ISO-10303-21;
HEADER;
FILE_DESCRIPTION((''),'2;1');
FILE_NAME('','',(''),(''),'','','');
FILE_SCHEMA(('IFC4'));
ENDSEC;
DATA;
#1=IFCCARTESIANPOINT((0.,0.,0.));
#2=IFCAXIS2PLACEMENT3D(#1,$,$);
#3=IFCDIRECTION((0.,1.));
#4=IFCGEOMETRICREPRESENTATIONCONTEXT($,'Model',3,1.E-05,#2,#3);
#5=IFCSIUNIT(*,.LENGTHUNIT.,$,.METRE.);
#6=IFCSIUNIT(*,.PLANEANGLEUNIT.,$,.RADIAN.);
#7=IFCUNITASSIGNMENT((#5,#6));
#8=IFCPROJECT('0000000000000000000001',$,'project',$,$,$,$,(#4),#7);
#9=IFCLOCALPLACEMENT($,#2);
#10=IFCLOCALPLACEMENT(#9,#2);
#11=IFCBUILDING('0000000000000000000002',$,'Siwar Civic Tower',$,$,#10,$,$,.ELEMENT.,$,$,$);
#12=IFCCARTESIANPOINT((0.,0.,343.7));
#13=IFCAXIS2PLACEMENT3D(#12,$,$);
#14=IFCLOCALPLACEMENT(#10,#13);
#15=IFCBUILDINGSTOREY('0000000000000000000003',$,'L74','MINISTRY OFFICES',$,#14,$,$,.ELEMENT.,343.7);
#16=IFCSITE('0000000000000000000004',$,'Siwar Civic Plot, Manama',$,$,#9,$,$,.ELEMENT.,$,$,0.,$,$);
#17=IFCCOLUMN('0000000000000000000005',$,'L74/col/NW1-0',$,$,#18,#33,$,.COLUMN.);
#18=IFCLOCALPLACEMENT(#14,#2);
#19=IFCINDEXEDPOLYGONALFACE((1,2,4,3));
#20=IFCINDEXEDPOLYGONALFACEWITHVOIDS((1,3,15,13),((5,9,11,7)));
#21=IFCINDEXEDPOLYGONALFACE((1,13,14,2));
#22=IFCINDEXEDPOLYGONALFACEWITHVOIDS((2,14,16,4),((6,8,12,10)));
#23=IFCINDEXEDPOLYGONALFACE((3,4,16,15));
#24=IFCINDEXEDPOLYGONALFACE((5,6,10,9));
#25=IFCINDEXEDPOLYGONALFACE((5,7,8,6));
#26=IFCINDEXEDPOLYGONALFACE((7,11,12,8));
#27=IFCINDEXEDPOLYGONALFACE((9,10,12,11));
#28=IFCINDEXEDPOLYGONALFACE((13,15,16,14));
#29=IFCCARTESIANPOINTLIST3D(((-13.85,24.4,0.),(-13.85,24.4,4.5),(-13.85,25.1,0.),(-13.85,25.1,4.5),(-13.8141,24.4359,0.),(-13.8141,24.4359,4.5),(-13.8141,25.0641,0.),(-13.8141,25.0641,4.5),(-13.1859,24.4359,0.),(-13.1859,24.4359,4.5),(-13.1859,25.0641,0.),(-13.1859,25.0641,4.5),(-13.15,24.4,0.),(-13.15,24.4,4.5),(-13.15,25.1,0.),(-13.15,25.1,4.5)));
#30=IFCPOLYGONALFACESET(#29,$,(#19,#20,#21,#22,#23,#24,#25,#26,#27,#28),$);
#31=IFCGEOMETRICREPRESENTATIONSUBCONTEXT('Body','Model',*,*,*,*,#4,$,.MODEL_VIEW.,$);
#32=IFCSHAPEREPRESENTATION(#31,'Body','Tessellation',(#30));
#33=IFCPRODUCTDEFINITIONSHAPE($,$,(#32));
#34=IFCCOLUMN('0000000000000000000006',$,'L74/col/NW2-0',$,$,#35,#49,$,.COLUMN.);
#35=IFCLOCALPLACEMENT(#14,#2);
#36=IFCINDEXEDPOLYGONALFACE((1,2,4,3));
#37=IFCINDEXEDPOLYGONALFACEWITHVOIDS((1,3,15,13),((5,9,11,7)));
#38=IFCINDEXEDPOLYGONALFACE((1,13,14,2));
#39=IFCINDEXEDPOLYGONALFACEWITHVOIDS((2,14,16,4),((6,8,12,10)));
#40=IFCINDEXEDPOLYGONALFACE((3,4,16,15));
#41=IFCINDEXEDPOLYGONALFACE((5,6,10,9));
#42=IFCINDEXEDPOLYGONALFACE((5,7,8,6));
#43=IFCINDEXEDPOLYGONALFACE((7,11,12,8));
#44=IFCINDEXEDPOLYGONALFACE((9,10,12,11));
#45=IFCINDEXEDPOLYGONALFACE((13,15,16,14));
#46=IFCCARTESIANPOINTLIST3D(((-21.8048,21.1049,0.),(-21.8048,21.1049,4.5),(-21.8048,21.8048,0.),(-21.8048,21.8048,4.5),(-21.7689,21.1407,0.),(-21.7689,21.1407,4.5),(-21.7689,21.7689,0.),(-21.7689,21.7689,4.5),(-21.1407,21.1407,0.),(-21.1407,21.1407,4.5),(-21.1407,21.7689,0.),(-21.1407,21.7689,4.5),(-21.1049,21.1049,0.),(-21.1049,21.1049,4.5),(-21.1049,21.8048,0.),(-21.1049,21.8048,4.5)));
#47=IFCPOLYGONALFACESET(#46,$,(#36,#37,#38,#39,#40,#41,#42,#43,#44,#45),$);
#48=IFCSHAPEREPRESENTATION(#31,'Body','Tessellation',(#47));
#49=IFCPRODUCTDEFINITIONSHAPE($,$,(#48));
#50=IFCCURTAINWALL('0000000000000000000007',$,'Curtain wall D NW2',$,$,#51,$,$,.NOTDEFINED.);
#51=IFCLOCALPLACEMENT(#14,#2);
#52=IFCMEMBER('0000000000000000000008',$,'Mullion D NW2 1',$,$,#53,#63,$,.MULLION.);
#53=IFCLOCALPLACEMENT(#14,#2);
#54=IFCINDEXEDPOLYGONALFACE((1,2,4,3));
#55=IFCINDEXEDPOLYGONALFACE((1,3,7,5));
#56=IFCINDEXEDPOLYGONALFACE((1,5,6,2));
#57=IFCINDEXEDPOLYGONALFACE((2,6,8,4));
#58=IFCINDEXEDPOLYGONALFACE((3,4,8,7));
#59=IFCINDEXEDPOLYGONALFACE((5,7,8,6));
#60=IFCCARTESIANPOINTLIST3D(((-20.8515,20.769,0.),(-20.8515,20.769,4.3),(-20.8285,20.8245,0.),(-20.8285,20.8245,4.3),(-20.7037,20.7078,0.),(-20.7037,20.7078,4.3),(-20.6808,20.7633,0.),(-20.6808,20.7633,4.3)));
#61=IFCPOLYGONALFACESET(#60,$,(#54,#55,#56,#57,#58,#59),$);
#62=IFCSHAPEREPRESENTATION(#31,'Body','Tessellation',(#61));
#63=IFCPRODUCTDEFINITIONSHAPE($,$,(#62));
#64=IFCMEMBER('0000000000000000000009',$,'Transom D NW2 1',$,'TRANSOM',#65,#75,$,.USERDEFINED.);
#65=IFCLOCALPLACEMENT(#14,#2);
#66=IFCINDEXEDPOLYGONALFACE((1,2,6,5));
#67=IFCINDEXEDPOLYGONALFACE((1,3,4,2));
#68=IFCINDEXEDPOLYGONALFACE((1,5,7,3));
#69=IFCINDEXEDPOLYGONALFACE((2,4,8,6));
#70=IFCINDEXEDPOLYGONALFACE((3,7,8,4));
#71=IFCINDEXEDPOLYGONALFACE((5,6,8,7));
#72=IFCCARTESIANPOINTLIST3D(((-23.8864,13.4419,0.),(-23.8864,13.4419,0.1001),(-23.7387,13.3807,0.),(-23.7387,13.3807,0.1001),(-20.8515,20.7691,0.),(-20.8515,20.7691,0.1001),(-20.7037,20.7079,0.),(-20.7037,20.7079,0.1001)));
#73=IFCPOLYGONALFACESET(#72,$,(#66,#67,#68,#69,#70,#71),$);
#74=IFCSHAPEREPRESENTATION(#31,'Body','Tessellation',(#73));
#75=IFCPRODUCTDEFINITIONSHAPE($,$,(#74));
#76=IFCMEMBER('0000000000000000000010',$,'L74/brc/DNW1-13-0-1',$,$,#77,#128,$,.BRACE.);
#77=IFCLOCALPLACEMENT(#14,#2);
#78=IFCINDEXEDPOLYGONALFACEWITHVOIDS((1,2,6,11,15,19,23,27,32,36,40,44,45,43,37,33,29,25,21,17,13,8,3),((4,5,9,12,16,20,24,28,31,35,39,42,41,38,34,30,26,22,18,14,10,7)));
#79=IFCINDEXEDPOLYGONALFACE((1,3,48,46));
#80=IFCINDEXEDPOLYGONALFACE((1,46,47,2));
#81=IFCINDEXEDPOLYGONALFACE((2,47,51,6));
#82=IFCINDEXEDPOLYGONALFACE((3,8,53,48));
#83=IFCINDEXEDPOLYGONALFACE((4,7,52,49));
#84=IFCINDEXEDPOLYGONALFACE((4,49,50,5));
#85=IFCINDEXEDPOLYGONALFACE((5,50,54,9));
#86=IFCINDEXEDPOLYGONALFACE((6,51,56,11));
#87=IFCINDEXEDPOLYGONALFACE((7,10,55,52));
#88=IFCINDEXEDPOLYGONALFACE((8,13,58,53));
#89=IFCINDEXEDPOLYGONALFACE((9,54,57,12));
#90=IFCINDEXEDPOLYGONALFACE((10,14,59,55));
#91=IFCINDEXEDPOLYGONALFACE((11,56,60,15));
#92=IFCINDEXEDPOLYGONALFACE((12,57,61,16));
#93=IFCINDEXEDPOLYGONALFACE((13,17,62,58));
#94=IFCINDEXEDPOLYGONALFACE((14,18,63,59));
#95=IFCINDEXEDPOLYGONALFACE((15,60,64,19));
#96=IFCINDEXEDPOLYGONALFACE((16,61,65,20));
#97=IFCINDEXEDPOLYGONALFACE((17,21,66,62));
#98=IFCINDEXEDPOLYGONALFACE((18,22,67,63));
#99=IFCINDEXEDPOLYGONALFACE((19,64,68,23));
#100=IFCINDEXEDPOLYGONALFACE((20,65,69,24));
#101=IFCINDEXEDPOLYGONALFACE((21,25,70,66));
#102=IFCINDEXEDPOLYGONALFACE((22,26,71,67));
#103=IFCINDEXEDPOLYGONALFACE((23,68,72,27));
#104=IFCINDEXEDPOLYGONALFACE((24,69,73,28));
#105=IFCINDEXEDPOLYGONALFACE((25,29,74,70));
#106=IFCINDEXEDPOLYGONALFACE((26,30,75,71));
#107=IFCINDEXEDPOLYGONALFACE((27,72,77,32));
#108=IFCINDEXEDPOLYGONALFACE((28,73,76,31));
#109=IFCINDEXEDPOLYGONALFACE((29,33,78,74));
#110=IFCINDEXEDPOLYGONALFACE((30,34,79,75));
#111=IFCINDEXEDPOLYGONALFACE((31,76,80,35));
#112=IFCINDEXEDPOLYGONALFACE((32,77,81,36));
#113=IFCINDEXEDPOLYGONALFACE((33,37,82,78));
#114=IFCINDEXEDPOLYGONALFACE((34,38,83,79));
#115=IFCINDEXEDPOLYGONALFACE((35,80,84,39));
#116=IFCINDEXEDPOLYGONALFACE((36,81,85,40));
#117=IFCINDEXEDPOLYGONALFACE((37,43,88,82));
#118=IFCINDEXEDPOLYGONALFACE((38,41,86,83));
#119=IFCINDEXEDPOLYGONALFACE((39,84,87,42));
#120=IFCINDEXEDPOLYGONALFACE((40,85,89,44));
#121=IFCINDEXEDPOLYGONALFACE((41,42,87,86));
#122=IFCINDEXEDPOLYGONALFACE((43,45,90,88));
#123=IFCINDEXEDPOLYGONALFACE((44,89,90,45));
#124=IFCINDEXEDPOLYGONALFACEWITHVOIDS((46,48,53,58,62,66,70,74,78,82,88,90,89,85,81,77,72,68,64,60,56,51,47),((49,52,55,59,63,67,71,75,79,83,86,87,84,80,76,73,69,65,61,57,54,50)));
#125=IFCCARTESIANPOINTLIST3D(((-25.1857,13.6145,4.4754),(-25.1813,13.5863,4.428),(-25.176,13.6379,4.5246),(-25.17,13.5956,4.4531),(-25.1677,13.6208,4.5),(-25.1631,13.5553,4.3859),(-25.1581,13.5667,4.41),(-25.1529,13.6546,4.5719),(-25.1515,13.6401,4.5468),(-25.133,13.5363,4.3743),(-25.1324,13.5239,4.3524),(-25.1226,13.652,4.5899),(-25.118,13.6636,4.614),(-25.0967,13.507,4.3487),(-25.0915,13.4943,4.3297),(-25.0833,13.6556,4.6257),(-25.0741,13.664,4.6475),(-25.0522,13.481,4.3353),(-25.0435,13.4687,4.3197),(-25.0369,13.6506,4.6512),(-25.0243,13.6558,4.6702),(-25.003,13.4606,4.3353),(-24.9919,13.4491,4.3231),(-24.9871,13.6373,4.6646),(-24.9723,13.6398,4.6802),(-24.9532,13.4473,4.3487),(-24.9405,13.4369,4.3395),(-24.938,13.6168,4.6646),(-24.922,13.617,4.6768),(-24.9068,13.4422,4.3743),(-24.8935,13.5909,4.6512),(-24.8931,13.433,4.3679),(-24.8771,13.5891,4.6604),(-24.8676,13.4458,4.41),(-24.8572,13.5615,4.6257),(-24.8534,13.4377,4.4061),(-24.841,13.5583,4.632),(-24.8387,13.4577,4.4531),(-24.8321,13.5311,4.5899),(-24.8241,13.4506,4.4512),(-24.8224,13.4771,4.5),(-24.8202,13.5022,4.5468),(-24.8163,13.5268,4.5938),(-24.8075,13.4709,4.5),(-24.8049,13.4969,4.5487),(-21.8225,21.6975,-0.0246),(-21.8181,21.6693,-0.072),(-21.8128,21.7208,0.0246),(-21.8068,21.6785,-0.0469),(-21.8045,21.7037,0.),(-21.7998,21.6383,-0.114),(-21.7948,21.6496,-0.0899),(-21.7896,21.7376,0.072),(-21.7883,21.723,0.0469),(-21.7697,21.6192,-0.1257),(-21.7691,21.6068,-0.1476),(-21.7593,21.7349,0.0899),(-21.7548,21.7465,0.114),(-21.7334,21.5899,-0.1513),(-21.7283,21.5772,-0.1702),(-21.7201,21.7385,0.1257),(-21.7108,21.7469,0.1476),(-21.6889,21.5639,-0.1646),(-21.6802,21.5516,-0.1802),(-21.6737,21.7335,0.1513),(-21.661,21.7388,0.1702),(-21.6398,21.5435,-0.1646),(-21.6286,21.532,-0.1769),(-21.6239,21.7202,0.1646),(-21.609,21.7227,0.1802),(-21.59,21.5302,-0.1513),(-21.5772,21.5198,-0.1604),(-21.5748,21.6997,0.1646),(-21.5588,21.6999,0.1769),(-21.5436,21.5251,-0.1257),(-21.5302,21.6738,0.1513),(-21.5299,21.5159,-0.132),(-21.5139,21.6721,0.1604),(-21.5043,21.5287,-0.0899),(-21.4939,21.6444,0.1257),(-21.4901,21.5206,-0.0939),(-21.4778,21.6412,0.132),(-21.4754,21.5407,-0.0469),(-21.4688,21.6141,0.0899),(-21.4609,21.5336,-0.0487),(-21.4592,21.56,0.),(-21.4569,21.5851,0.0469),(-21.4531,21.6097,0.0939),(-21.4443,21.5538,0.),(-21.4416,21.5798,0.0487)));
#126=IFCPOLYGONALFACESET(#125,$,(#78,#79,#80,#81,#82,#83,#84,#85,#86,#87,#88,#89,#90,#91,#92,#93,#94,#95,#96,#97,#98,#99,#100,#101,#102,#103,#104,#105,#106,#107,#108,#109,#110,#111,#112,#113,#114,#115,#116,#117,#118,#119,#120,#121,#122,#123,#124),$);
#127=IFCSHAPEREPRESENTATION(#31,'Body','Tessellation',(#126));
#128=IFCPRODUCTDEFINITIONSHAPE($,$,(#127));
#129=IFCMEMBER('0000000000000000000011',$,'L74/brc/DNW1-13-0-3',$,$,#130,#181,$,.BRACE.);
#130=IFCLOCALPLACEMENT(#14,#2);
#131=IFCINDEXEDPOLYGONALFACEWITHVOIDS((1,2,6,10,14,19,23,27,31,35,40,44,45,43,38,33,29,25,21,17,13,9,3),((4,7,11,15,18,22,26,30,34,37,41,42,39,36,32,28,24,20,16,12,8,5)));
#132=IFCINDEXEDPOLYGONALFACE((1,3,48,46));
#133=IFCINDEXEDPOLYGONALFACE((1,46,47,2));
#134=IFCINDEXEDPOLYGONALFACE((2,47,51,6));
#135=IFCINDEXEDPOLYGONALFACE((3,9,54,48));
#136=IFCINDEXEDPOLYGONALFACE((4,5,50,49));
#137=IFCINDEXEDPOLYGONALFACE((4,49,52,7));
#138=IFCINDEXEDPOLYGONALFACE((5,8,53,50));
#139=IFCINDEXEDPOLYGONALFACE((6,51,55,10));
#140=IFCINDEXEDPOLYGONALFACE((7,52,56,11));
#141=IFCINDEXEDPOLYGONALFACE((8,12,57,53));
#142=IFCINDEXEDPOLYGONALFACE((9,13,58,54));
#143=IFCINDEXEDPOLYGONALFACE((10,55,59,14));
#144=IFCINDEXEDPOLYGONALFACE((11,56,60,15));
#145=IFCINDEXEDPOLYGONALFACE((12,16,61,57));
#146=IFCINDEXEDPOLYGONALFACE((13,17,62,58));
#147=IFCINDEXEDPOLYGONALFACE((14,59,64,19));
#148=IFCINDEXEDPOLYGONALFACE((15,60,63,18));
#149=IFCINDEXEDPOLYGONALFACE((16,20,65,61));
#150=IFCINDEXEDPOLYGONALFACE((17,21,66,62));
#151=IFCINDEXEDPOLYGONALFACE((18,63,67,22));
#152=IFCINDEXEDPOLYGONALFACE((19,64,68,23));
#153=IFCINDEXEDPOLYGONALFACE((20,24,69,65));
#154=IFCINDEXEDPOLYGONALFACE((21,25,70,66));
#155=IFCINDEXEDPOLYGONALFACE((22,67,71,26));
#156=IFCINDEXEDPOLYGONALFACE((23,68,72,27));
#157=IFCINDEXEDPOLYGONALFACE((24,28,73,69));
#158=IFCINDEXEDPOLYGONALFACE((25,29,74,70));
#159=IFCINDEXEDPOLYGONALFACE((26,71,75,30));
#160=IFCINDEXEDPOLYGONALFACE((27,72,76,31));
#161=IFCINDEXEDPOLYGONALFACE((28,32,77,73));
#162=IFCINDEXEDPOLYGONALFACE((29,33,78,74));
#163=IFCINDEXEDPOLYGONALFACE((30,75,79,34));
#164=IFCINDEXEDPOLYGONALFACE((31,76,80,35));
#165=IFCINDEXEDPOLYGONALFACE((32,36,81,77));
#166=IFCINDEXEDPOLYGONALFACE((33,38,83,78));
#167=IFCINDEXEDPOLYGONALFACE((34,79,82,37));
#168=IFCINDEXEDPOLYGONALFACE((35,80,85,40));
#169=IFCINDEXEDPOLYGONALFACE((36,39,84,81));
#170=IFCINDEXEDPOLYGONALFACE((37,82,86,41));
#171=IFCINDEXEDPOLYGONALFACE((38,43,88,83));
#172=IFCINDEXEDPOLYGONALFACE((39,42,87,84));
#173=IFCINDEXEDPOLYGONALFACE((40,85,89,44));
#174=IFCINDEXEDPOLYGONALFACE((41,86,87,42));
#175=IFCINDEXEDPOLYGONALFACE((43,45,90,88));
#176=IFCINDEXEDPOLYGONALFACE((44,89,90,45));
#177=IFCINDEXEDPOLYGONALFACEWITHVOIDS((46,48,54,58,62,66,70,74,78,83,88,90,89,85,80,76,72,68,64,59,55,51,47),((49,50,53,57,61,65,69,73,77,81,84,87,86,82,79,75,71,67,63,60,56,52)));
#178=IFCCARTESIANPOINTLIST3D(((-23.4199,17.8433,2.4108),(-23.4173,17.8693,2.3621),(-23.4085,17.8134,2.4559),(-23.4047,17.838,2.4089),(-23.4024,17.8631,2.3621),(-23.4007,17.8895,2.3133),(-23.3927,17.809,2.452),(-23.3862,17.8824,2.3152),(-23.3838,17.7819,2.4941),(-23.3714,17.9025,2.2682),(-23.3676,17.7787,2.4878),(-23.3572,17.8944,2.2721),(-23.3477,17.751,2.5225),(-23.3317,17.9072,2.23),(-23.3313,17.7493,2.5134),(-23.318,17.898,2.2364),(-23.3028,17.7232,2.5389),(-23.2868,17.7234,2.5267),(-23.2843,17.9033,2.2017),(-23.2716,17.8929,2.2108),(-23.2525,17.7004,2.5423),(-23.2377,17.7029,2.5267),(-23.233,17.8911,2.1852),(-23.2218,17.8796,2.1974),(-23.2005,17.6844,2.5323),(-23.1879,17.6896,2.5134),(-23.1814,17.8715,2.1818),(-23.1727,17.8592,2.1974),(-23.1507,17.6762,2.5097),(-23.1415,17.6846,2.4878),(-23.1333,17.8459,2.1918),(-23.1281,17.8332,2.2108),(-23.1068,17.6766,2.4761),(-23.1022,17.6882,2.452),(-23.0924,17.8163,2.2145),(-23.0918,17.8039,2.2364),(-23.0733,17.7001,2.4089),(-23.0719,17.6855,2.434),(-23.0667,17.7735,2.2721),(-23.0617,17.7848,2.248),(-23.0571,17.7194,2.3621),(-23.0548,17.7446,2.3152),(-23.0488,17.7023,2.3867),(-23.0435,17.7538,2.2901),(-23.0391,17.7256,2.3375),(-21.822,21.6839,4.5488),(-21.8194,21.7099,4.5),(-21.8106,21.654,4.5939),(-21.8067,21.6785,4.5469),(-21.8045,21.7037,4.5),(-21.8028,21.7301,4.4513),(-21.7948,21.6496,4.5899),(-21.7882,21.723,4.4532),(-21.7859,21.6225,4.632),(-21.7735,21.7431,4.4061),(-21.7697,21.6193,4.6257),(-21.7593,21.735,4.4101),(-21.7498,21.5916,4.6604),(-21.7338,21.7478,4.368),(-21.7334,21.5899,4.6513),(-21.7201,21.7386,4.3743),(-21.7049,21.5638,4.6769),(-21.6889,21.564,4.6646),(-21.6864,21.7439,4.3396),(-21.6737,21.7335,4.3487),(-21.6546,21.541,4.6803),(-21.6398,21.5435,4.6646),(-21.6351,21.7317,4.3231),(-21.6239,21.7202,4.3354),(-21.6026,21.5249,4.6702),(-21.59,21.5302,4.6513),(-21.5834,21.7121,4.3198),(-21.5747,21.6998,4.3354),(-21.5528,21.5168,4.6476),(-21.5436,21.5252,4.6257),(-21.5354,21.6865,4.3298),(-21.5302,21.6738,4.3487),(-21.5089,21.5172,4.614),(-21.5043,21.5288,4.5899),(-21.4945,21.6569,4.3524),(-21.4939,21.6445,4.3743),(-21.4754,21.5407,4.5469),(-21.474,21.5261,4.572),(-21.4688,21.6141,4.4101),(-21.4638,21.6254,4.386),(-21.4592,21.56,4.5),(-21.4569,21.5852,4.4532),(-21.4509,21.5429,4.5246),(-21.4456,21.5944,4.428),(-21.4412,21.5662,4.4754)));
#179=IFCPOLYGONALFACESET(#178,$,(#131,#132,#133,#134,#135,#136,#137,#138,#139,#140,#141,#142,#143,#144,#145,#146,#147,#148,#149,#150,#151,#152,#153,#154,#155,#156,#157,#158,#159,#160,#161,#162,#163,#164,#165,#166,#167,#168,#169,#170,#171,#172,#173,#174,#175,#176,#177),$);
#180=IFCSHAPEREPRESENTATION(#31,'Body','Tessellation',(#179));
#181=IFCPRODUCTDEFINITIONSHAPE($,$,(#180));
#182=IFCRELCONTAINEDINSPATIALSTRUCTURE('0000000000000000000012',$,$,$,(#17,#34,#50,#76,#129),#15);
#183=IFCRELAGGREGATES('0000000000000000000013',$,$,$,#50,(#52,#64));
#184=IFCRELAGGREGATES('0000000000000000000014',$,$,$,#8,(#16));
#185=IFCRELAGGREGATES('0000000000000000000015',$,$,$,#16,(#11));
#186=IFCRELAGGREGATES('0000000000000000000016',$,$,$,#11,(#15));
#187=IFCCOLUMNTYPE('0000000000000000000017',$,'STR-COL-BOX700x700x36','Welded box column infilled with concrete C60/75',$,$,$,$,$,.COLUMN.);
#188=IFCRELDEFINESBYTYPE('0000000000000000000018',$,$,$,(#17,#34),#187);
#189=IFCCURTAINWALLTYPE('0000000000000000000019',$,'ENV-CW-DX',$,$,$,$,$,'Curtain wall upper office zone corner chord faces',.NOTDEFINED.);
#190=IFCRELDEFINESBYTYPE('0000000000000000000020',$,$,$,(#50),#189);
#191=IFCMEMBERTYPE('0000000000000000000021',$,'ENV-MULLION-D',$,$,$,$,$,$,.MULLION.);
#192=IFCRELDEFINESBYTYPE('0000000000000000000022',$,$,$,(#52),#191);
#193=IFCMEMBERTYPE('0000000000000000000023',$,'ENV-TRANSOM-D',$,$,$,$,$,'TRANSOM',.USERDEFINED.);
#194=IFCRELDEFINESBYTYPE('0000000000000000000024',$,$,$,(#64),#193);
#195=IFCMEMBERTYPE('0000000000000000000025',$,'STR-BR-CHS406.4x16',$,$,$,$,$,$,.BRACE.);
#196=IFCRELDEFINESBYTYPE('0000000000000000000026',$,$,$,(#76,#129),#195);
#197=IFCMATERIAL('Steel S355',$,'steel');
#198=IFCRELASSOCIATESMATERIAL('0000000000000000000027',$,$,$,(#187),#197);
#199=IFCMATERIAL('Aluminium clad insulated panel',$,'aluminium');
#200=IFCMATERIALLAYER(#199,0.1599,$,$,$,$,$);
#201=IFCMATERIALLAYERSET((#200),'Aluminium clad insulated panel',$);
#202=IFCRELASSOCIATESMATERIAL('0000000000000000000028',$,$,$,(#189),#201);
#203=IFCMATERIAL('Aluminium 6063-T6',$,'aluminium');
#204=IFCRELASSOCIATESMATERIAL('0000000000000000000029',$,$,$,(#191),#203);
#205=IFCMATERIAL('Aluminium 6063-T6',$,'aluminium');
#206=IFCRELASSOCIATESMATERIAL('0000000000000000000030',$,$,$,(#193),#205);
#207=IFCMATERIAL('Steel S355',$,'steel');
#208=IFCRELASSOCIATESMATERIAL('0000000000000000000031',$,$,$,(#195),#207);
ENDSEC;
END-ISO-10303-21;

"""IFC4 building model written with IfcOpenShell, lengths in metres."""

from ifc_helpers import new_model, si_unit, direction, frame, origin, origin_2d, place, context, subcontext, project, spatial, rectangle, hollow_rectangle, hollow_circle, extrude, material, layer, layer_set, material_profile, profile_set, type_object, element, aggregate, save


model = new_model("IFC4")

# Units and contexts
model_context = context("Model", 3, precision=1e-05, world=origin(), true_north=direction((0.0, 1.0)))
body_context = subcontext(model_context, "Body", "Model", "MODEL_VIEW")
ifc_project = project(units=[si_unit("LENGTHUNIT", "METRE"), si_unit("PLANEANGLEUNIT", "RADIAN")], contexts=[model_context])

# Site, building, storey
site_placement = place(None, origin())
site = spatial("IfcSite", under=ifc_project, at=site_placement, Name="Siwar Civic Plot, Manama", CompositionType="ELEMENT", RefElevation=0.0)
building_placement = place(site_placement, origin())
building = spatial("IfcBuilding", under=site, at=building_placement, Name="Siwar Civic Tower", CompositionType="ELEMENT")
storey_placement = place(building_placement, frame((0.0, 0.0, 343.7)))
storey = spatial("IfcBuildingStorey", under=building, at=storey_placement, Name="L74", Description="MINISTRY OFFICES", CompositionType="ELEMENT", Elevation=343.7)

# Columns
ifc_material_1 = material(Name="Steel S355", Category="steel")
ifc_material_profile_1 = material_profile(ifc_material_1, hollow_rectangle(XDim=0.7, YDim=0.7, WallThickness=0.0359, at=origin_2d()), Name="BOX700x700x36")
ifc_profile_set_1 = profile_set([ifc_material_profile_1], Name="Steel S355")
column_type = type_object("IfcColumnType", Name="STR-COL-BOX700x700x36", Description="Welded box column infilled with concrete C60/75", PredefinedType="COLUMN", material=ifc_profile_set_1)
for number, where, z_axis, x_axis, name in (
    (1, (-13.5, 24.75, 0.0), (0.0, 0.0, 1.0), (1.0, 0.0, 0.0), "L74/col/NW1-0"),
    (2, (-21.4548, 21.4548, 0.0), (0.0, 0.0, 1.0), (1.0, 0.0, 0.0), "L74/col/NW2-0"),
):
    element("IfcColumn", number, at=place(storey_placement, frame(where, z_axis=z_axis, x_axis=x_axis)), inside=storey, type_object=column_type, Name=name, PredefinedType="COLUMN", context=body_context, shape_type="SweptSolid", body=[
        extrude(hollow_rectangle(XDim=0.7, YDim=0.7, WallThickness=0.0359, at=origin_2d()), origin(), (0.0, 0.0, 1.0), 4.5),
    ])

# Curtain wall, members
ifc_material_2 = material(Name="Aluminium clad insulated panel", Category="aluminium")
ifc_layer_1 = layer(ifc_material_2, 0.1599)
ifc_layer_set_1 = layer_set([ifc_layer_1], Name="Aluminium clad insulated panel")
curtain_wall_type = type_object("IfcCurtainWallType", Name="ENV-CW-DX", ElementType="Curtain wall upper office zone corner chord faces", PredefinedType="NOTDEFINED", material=ifc_layer_set_1)
curtain_wall_1_placement = place(storey_placement, origin())
curtain_wall_1 = element("IfcCurtainWall", 3, at=curtain_wall_1_placement, inside=storey, type_object=curtain_wall_type, Name="Curtain wall D NW2", PredefinedType="NOTDEFINED")
ifc_material_3 = material(Name="Aluminium 6063-T6", Category="aluminium")
ifc_material_profile_2 = material_profile(ifc_material_3, rectangle(XDim=0.1599, YDim=0.0601, at=origin_2d()), Name="AL 160x60")
ifc_profile_set_2 = profile_set([ifc_material_profile_2], Name="Aluminium 6063-T6")
member_type_1 = type_object("IfcMemberType", Name="ENV-MULLION-D", PredefinedType="MULLION", material=ifc_profile_set_2)
member_1_placement = place(storey_placement, frame((-20.7661, 20.7661, 0.0), z_axis=(0.0, 0.0, 1.0), x_axis=(0.92388, -0.382683, 0.0)))
member_1 = element("IfcMember", 4, at=member_1_placement, type_object=member_type_1, Name="Mullion D NW2 1", PredefinedType="MULLION", context=body_context, shape_type="SweptSolid", body=[
    extrude(rectangle(XDim=0.1599, YDim=0.0601, at=origin_2d()), origin(), (0.0, 0.0, 1.0), 4.3),
])
ifc_material_4 = material(Name="Aluminium 6063-T6", Category="aluminium")
ifc_material_profile_3 = material_profile(ifc_material_4, rectangle(XDim=0.1599, YDim=0.1001, at=origin_2d()), Name="AL 160x100")
ifc_profile_set_3 = profile_set([ifc_material_profile_3], Name="Aluminium 6063-T6")
member_type_2 = type_object("IfcMemberType", Name="ENV-TRANSOM-D", ElementType="TRANSOM", PredefinedType="USERDEFINED", material=ifc_profile_set_3)
member_2_placement = place(storey_placement, frame((-20.7776, 20.7385, 0.05), z_axis=(-0.382674, -0.923884, 0.0), x_axis=(0.923884, -0.382674, 0.0)))
member_2 = element("IfcMember", 5, at=member_2_placement, type_object=member_type_2, Name="Transom D NW2 1", ObjectType="TRANSOM", PredefinedType="USERDEFINED", context=body_context, shape_type="SweptSolid", body=[
    extrude(rectangle(XDim=0.1599, YDim=0.1001, at=origin_2d()), origin(), (0.0, 0.0, 1.0), 7.9309),
])

# Members
ifc_material_5 = material(Name="Steel S355", Category="steel")
ifc_material_profile_4 = material_profile(ifc_material_5, hollow_circle(Radius=0.2031, WallThickness=0.0161, at=origin_2d()), Name="CHS406.4x16")
ifc_profile_set_4 = profile_set([ifc_material_profile_4], Name="Steel S355")
member_type_3 = type_object("IfcMemberType", Name="STR-BR-CHS406.4x16", PredefinedType="BRACE", material=ifc_profile_set_4)
member_3_placement = place(storey_placement, frame((-21.6318, 21.6318, 0.0), z_axis=(-0.341671, -0.821143, 0.457149), x_axis=(0.923265, -0.384164, 0.0)))
element("IfcMember", 6, at=member_3_placement, inside=storey, type_object=member_type_3, Name="L74/brc/DNW1-13-0-1", PredefinedType="BRACE", context=body_context, shape_type="SweptSolid", body=[
    extrude(hollow_circle(Radius=0.2031, WallThickness=0.0161, at=origin_2d()), origin(), (0.0, 0.0, 1.0), 9.8435),
])
member_4_placement = place(storey_placement, frame((-23.2297, 17.7913, 2.3621), z_axis=(0.341653, 0.821167, 0.45712), x_axis=(-0.923276, 0.384136, 0.0)))
element("IfcMember", 7, at=member_4_placement, inside=storey, type_object=member_type_3, Name="L74/brc/DNW1-13-0-3", PredefinedType="BRACE", context=body_context, shape_type="SweptSolid", body=[
    extrude(hollow_circle(Radius=0.2031, WallThickness=0.0161, at=origin_2d()), origin(), (0.0, 0.0, 1.0), 4.677),
])

aggregate(curtain_wall_1, [member_1, member_2])

save(model, "model.ifc")
